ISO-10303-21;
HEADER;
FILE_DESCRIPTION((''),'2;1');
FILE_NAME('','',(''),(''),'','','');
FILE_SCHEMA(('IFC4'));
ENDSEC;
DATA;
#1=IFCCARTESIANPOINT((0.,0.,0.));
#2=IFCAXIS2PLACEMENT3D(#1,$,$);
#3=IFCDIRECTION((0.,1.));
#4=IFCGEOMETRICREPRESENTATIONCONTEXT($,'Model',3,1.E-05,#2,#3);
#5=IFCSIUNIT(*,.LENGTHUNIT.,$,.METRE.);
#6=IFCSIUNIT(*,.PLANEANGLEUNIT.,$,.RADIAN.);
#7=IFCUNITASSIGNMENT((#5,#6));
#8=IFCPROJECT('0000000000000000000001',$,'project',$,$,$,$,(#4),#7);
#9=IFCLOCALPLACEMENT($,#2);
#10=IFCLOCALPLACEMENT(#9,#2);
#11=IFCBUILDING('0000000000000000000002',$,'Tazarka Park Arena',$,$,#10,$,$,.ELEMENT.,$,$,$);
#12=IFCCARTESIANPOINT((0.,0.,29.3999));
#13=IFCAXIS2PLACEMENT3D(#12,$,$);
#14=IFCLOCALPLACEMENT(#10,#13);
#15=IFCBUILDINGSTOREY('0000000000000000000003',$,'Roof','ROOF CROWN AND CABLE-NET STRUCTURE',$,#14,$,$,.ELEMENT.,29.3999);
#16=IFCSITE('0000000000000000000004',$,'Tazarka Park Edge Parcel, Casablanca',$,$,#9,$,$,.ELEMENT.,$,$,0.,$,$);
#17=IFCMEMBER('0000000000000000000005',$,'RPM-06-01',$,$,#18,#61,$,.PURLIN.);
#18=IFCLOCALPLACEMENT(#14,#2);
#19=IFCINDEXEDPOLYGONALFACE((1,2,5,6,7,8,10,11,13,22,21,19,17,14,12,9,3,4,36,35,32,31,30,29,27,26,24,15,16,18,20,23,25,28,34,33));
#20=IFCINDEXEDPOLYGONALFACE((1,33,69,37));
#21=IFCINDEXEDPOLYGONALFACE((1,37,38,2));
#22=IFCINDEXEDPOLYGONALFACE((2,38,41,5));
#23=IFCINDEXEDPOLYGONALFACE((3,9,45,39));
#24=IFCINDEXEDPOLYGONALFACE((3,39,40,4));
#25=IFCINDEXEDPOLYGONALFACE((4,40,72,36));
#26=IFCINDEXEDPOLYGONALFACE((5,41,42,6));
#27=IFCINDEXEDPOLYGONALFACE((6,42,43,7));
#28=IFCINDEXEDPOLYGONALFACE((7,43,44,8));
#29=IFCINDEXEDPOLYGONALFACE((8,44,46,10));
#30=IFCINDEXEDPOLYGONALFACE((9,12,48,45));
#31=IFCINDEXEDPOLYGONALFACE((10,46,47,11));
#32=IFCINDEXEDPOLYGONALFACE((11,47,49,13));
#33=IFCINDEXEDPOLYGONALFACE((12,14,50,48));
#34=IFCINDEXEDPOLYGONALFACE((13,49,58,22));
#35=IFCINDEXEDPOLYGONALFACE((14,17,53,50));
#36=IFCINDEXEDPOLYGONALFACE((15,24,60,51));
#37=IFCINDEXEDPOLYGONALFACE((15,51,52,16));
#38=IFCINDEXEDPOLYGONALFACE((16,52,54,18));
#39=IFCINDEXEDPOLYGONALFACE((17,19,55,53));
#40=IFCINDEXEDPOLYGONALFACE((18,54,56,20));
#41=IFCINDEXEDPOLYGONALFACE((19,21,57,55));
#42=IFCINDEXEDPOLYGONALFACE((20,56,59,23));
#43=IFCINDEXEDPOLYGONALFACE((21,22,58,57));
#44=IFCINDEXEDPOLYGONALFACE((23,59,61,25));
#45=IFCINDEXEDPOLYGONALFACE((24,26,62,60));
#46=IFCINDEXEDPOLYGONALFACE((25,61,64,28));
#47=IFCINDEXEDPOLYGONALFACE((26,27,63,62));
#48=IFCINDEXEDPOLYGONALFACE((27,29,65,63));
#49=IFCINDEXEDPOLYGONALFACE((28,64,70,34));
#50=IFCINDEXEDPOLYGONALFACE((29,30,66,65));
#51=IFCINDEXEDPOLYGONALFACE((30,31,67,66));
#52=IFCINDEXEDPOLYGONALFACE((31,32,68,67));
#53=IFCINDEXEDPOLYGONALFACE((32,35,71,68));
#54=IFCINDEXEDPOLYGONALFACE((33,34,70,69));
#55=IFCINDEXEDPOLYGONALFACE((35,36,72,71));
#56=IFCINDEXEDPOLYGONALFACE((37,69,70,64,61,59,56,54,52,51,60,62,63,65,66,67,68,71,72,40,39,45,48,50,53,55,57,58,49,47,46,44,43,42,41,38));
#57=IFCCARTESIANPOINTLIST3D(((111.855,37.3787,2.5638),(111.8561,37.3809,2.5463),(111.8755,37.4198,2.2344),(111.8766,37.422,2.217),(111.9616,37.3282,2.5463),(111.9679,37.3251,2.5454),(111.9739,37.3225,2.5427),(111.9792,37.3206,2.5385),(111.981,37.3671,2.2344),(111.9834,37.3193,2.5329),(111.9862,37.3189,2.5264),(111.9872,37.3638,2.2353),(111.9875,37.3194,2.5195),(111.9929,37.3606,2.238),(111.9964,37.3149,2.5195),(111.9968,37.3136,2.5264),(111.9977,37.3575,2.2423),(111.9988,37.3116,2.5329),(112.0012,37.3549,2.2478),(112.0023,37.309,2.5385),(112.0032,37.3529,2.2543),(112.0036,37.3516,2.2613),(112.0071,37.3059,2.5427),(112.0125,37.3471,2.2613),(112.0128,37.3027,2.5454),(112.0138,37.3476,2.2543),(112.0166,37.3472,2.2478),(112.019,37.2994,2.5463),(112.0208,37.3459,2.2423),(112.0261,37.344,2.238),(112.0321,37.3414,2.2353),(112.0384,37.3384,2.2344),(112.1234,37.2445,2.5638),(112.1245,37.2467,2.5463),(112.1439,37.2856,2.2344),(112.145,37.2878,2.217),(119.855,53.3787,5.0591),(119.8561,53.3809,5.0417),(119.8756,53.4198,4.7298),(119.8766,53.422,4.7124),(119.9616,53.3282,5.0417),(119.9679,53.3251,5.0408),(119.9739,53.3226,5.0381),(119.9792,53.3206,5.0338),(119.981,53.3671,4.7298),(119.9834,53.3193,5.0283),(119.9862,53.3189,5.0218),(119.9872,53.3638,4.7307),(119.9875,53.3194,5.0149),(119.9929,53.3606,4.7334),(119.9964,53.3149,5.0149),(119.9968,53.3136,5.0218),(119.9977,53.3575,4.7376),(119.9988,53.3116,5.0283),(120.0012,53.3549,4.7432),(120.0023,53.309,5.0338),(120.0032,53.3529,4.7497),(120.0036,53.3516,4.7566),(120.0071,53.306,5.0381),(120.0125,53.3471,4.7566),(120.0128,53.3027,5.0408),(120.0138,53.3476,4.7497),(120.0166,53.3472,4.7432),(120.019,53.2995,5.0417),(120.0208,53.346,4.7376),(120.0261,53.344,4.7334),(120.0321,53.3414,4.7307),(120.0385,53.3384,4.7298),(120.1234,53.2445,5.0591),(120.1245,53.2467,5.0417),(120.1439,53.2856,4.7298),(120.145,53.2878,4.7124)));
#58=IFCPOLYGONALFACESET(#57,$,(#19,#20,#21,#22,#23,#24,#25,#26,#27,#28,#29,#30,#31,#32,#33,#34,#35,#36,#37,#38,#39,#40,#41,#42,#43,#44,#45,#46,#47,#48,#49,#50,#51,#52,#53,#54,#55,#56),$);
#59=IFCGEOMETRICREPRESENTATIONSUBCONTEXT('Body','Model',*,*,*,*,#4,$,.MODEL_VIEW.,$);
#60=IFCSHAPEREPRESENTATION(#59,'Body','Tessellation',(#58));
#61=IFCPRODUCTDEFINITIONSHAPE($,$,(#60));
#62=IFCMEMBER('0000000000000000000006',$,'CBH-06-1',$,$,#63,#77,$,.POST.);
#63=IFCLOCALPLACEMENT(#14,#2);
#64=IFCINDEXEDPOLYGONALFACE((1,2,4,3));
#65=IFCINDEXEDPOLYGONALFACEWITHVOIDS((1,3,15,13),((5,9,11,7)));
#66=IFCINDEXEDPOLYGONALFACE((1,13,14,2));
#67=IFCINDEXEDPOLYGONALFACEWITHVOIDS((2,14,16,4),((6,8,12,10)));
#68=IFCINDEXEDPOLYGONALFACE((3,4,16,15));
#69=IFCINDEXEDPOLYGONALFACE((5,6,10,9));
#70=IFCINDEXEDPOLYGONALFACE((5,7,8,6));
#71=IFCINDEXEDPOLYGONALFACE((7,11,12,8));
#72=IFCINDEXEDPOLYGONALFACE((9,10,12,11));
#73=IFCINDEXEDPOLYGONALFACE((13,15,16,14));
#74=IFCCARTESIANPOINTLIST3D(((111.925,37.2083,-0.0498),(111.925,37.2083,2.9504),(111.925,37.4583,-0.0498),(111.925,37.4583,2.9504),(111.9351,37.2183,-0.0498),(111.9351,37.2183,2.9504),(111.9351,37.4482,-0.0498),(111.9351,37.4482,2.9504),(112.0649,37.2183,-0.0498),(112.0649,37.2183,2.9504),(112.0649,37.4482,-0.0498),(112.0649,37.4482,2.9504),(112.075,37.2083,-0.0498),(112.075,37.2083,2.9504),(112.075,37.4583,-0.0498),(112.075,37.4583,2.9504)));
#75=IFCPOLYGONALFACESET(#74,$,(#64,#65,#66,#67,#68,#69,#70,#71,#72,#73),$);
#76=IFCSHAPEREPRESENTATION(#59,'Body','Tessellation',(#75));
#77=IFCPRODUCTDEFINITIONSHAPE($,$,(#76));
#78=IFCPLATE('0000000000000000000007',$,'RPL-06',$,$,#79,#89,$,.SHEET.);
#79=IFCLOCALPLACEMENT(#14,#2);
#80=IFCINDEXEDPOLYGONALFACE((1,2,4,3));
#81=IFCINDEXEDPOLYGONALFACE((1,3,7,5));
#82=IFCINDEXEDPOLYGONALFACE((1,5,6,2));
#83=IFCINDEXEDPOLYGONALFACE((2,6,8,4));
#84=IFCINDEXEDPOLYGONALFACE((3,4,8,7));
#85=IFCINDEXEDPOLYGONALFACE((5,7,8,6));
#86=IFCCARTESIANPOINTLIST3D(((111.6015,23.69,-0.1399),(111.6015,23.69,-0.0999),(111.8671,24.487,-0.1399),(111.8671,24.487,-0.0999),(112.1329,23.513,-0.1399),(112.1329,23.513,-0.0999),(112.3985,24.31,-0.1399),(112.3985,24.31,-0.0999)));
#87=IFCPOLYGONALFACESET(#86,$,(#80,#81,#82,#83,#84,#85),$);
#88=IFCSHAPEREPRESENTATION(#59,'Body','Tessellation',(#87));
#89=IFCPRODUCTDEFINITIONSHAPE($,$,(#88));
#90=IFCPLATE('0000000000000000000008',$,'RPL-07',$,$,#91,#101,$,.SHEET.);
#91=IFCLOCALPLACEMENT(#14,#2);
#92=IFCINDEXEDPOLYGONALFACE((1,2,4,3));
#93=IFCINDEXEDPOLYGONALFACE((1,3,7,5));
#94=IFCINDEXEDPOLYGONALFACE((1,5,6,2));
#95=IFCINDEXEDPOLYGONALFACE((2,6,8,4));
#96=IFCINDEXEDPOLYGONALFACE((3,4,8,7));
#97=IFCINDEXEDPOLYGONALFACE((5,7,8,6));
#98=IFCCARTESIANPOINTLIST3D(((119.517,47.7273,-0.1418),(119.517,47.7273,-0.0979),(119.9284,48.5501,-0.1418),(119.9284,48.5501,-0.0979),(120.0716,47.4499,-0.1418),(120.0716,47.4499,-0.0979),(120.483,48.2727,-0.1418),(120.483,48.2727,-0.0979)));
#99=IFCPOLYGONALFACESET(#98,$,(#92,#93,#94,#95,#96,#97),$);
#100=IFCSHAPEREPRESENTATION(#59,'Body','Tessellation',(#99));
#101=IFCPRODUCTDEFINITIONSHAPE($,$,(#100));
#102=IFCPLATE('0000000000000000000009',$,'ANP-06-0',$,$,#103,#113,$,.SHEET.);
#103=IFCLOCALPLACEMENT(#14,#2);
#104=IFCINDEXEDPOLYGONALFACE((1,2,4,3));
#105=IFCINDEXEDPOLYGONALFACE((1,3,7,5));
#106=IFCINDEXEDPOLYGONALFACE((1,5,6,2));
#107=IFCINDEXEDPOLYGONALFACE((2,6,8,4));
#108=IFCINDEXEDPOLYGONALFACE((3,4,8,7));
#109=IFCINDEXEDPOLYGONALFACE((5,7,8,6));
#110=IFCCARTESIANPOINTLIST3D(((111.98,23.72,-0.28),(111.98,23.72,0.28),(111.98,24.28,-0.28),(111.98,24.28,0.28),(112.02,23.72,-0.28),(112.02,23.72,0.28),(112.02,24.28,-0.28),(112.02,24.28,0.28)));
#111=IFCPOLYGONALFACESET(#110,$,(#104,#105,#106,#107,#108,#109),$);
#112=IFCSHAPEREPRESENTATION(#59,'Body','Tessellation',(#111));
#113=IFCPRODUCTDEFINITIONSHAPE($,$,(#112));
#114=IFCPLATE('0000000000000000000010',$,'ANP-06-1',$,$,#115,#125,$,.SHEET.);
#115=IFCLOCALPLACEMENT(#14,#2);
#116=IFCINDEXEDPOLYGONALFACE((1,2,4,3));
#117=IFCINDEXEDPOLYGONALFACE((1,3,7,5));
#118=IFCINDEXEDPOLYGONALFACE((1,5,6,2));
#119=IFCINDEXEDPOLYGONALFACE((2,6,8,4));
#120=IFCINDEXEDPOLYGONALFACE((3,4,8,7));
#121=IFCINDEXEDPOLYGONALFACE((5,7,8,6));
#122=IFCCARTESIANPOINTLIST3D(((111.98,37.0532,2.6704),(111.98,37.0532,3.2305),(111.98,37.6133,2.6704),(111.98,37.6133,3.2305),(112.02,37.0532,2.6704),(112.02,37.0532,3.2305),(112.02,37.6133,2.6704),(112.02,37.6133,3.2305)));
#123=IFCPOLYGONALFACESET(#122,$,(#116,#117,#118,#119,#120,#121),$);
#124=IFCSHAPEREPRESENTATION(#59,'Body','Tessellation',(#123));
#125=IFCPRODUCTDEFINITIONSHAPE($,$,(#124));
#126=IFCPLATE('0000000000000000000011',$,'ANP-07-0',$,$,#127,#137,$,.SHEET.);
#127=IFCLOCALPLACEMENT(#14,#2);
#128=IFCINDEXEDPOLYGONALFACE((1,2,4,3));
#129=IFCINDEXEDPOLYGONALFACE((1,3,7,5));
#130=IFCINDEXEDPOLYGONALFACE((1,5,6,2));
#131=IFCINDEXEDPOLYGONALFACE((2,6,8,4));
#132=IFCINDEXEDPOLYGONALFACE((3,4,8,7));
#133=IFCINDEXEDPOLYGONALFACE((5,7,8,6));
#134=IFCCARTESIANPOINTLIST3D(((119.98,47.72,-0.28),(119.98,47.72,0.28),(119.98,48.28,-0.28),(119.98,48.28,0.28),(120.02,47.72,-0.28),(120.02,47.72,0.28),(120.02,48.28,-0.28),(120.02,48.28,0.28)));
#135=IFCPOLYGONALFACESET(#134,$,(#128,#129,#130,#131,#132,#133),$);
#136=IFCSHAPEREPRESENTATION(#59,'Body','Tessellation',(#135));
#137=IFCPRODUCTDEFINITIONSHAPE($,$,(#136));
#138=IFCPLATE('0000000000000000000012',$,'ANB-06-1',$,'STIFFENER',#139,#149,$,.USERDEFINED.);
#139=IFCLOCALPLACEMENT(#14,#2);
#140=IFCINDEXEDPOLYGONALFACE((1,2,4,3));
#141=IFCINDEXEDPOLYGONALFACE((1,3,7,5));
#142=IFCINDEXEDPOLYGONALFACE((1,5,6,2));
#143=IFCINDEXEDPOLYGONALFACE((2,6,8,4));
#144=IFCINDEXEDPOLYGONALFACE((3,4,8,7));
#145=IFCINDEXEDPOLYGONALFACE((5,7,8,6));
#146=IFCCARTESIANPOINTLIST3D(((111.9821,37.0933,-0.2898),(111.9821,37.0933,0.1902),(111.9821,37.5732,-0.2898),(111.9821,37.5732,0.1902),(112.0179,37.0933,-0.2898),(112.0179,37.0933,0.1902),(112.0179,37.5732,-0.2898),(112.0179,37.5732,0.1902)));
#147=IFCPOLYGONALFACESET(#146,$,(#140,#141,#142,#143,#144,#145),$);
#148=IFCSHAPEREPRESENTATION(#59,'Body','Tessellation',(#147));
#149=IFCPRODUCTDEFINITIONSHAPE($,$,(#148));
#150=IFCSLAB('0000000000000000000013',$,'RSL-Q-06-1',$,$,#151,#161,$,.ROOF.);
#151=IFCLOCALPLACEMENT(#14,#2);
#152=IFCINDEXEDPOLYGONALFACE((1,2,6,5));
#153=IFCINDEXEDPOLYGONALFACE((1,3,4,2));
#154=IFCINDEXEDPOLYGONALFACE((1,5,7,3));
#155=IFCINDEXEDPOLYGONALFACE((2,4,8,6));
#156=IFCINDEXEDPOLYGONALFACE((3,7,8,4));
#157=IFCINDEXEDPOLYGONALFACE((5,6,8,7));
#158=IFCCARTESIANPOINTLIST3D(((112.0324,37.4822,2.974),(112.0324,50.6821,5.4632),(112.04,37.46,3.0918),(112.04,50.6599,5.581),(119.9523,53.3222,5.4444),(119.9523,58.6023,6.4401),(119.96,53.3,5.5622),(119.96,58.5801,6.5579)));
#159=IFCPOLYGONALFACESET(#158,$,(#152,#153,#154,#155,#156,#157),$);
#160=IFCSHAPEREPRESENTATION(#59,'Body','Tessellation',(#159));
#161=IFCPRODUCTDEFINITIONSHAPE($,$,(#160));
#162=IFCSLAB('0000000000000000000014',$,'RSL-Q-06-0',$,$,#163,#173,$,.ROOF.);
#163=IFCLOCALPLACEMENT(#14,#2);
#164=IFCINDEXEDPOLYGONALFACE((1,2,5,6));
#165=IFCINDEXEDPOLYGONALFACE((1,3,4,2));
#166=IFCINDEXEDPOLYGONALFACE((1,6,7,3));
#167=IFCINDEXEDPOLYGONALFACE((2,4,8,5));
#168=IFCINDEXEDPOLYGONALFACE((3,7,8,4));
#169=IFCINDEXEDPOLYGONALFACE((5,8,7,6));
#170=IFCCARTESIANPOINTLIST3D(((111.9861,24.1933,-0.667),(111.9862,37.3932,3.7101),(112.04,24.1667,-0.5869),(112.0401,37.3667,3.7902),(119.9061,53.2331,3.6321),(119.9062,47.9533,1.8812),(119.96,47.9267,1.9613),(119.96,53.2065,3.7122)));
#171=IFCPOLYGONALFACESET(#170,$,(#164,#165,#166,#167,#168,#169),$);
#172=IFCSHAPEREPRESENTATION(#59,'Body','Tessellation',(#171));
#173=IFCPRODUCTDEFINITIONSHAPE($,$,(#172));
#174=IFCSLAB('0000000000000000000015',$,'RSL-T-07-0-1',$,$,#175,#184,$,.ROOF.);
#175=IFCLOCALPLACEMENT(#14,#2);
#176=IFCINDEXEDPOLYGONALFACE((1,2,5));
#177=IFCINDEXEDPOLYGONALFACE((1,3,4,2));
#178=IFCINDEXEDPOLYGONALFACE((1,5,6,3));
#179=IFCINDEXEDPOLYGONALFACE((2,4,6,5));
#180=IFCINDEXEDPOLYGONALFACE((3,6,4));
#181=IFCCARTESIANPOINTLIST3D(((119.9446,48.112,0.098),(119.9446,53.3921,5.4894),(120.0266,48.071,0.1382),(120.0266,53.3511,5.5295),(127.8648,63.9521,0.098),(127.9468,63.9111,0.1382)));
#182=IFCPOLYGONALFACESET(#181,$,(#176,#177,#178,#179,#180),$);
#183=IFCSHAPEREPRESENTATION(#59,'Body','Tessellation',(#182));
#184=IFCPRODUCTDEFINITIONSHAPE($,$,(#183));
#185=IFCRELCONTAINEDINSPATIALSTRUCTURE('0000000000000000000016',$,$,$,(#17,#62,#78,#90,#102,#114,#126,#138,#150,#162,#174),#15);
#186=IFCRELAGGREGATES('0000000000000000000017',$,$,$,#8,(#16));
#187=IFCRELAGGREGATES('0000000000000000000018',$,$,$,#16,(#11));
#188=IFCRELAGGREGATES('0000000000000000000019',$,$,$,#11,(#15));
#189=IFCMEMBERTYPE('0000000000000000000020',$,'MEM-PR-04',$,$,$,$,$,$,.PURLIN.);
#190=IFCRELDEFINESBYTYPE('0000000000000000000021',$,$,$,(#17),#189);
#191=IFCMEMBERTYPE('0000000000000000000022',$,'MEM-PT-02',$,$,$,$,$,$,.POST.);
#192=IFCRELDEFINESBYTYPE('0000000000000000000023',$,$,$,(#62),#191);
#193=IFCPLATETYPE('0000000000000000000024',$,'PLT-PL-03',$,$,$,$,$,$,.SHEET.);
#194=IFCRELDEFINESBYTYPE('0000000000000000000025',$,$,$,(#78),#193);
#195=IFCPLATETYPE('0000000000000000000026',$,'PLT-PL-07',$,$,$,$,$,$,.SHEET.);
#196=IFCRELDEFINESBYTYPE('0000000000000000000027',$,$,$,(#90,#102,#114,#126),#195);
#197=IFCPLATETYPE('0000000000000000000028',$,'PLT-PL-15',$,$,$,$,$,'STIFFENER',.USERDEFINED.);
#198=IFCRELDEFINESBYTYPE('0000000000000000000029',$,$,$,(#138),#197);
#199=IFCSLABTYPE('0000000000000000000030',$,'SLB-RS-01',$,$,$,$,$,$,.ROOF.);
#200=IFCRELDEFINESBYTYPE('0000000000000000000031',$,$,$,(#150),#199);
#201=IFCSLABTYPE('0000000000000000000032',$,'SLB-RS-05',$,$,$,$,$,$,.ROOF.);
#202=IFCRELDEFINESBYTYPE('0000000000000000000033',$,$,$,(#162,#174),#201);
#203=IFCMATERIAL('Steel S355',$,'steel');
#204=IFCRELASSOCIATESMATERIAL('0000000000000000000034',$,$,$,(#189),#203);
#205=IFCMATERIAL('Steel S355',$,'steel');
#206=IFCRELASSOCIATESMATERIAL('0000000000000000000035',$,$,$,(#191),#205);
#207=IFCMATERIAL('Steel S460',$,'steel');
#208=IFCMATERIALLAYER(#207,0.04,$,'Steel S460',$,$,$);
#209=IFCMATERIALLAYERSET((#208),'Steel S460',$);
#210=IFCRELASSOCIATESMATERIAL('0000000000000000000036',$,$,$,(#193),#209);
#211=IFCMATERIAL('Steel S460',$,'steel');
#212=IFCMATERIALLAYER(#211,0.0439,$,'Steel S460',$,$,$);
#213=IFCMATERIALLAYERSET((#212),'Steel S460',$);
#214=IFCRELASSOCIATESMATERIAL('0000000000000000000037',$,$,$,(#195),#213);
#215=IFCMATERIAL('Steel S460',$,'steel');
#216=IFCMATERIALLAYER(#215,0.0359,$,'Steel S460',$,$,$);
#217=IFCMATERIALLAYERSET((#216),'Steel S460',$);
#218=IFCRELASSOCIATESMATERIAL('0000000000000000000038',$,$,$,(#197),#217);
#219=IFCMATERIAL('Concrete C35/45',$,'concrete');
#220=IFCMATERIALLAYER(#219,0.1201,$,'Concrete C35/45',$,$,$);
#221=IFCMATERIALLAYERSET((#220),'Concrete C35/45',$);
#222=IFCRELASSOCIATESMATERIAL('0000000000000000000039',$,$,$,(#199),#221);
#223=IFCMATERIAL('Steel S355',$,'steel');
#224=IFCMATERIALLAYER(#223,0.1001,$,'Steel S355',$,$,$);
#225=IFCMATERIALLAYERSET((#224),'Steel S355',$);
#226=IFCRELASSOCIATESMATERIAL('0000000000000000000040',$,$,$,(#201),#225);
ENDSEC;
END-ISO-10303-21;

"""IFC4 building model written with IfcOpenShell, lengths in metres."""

from ifc_helpers import new_model, si_unit, direction, frame, origin, origin_2d, place, context, subcontext, project, spatial, polyline, rectangle, hollow_rectangle, i_section, outline, extrude, material, layer, layer_set, material_profile, profile_set, type_object, element, save


model = new_model("IFC4")

# Units and contexts
model_context = context("Model", 3, precision=1e-05, world=origin(), true_north=direction((0.0, 1.0)))
body_context = subcontext(model_context, "Body", "Model", "MODEL_VIEW")
ifc_project = project(units=[si_unit("LENGTHUNIT", "METRE"), si_unit("PLANEANGLEUNIT", "RADIAN")], contexts=[model_context])

# Site, building, storey
site_placement = place(None, origin())
site = spatial("IfcSite", under=ifc_project, at=site_placement, Name="Tazarka Park Edge Parcel, Casablanca", CompositionType="ELEMENT", RefElevation=0.0)
building_placement = place(site_placement, origin())
building = spatial("IfcBuilding", under=site, at=building_placement, Name="Tazarka Park Arena", CompositionType="ELEMENT")
storey_placement = place(building_placement, frame((0.0, 0.0, 29.3999)))
storey = spatial("IfcBuildingStorey", under=building, at=storey_placement, Name="Roof", Description="ROOF CROWN AND CABLE-NET STRUCTURE", CompositionType="ELEMENT", Elevation=29.3999)

# Members
ifc_material_1 = material(Name="Steel S355", Category="steel")
ifc_material_profile_1 = material_profile(ifc_material_1, i_section(OverallWidth=0.3, OverallDepth=0.3501, WebThickness=0.01, FlangeThickness=0.0176, FilletRadius=0.0271, at=origin_2d()), Name="Steel S355")
ifc_profile_set_1 = profile_set([ifc_material_profile_1], Name="Steel S355")
member_type_1 = type_object("IfcMemberType", Name="MEM-PR-04", PredefinedType="PURLIN", material=ifc_profile_set_1)
member_1_placement = place(storey_placement, frame((112.0, 37.3333, 2.3904), z_axis=(0.442925, 0.88585, 0.138157), x_axis=(-0.894427, 0.447214, 0.0)))
element("IfcMember", 1, at=member_1_placement, inside=storey, type_object=member_type_1, Name="RPM-06-01", PredefinedType="PURLIN", context=body_context, shape_type="SweptSolid", body=[
    extrude(i_section(OverallWidth=0.3, OverallDepth=0.3501, WebThickness=0.01, FlangeThickness=0.0176, FilletRadius=0.0271, at=origin_2d()), origin(), (0.0, 0.0, 1.0), 18.0618),
])
ifc_material_2 = material(Name="Steel S355", Category="steel")
ifc_material_profile_2 = material_profile(ifc_material_2, hollow_rectangle(XDim=0.1499, YDim=0.25, WallThickness=0.01, at=origin_2d()), Name="Steel S355")
ifc_profile_set_2 = profile_set([ifc_material_profile_2], Name="Steel S355")
member_type_2 = type_object("IfcMemberType", Name="MEM-PT-02", PredefinedType="POST", material=ifc_profile_set_2)
member_2_placement = place(storey_placement, frame((112.0, 37.3333, -0.0498), z_axis=(0.0, 0.0, 1.0), x_axis=(1.0, 0.0, 0.0)))
element("IfcMember", 2, at=member_2_placement, inside=storey, type_object=member_type_2, Name="CBH-06-1", PredefinedType="POST", context=body_context, shape_type="SweptSolid", body=[
    extrude(hollow_rectangle(XDim=0.1499, YDim=0.25, WallThickness=0.01, at=origin_2d()), origin(), (0.0, 0.0, 1.0), 3.0002),
])

# Plates
ifc_material_3 = material(Name="Steel S460", Category="steel")
ifc_layer_1 = layer(ifc_material_3, 0.04, Name="Steel S460")
ifc_layer_set_1 = layer_set([ifc_layer_1], Name="Steel S460")
plate_type_1 = type_object("IfcPlateType", Name="PLT-PL-03", PredefinedType="SHEET", material=ifc_layer_set_1)
plate_1_placement = place(storey_placement, frame((112.0, 24.0, -0.1399), z_axis=(0.0, 0.0, 1.0), x_axis=(0.316146, 0.948711, 0.0)))
element("IfcPlate", 3, at=plate_1_placement, inside=storey, type_object=plate_type_1, Name="RPL-06", PredefinedType="SHEET", context=body_context, shape_type="SweptSolid", body=[
    extrude(rectangle(XDim=0.8401, YDim=0.5601, at=origin_2d()), origin(), (0.0, 0.0, 1.0), 0.04),
])
ifc_material_4 = material(Name="Steel S460", Category="steel")
ifc_layer_2 = layer(ifc_material_4, 0.0439, Name="Steel S460")
ifc_layer_set_2 = layer_set([ifc_layer_2], Name="Steel S460")
plate_type_2 = type_object("IfcPlateType", Name="PLT-PL-07", PredefinedType="SHEET", material=ifc_layer_set_2)
plate_2_placement = place(storey_placement, frame((120.0, 48.0, -0.1418), z_axis=(0.0, 0.0, 1.0), x_axis=(0.447291, 0.894389, 0.0)))
element("IfcPlate", 4, at=plate_2_placement, inside=storey, type_object=plate_type_2, Name="RPL-07", PredefinedType="SHEET", context=body_context, shape_type="SweptSolid", body=[
    extrude(rectangle(XDim=0.9199, YDim=0.6201, at=origin_2d()), origin(), (0.0, 0.0, 1.0), 0.0439),
])
for number, where, z_axis, x_axis, name in (
    (5, (112.0, 24.0, -0.28), (0.0, 0.0, 1.0), (1.0, 0.0, 0.0), "ANP-06-0"),
    (6, (112.0, 37.3333, 2.6704), (0.0, 0.0, 1.0), (1.0, 0.0, 0.0), "ANP-06-1"),
    (7, (120.0, 48.0, -0.28), (0.0, 0.0, 1.0), (1.0, 0.0, 0.0), "ANP-07-0"),
):
    element("IfcPlate", number, at=place(storey_placement, frame(where, z_axis=z_axis, x_axis=x_axis)), inside=storey, type_object=plate_type_2, Name=name, PredefinedType="SHEET", context=body_context, shape_type="SweptSolid", body=[
        extrude(rectangle(XDim=0.04, YDim=0.5601, at=origin_2d()), origin(), (0.0, 0.0, 1.0), 0.5601),
    ])
ifc_material_5 = material(Name="Steel S460", Category="steel")
ifc_layer_3 = layer(ifc_material_5, 0.0359, Name="Steel S460")
ifc_layer_set_3 = layer_set([ifc_layer_3], Name="Steel S460")
plate_type_3 = type_object("IfcPlateType", Name="PLT-PL-15", ElementType="STIFFENER", PredefinedType="USERDEFINED", material=ifc_layer_set_3)
plate_3_placement = place(storey_placement, frame((112.0, 37.3333, -0.2898), z_axis=(0.0, 0.0, 1.0), x_axis=(1.0, 0.0, 0.0)))
element("IfcPlate", 8, at=plate_3_placement, inside=storey, type_object=plate_type_3, Name="ANB-06-1", ObjectType="STIFFENER", PredefinedType="USERDEFINED", context=body_context, shape_type="SweptSolid", body=[
    extrude(rectangle(XDim=0.0359, YDim=0.48, at=origin_2d()), origin(), (0.0, 0.0, 1.0), 0.48),
])

# Slabs
ifc_material_6 = material(Name="Concrete C35/45", Category="concrete")
ifc_layer_4 = layer(ifc_material_6, 0.1201, Name="Concrete C35/45")
ifc_layer_set_4 = layer_set([ifc_layer_4], Name="Concrete C35/45")
slab_type_1 = type_object("IfcSlabType", Name="SLB-RS-01", PredefinedType="ROOF", material=ifc_layer_set_4)
slab_1_placement = place(storey_placement, frame((112.04, 37.46, 3.0918), z_axis=(0.063975, -0.184929, 0.980667), x_axis=(0.442921, 0.885852, 0.138155)))
element("IfcSlab", 9, at=slab_1_placement, inside=storey, type_object=slab_type_1, Name="RSL-Q-06-1", PredefinedType="ROOF", context=body_context, shape_type="SweptSolid", body=[
    extrude(outline(polyline([(0.0, 0.0), (17.8811, 0.0), (22.6961, 2.3848), (12.0371, 5.9618), (0.0, 0.0)])), origin(), (0.0, 0.0, -1.0), 0.1201),
])
ifc_material_7 = material(Name="Steel S355", Category="steel")
ifc_layer_5 = layer(ifc_material_7, 0.1001, Name="Steel S355")
ifc_layer_set_5 = layer_set([ifc_layer_5], Name="Steel S355")
slab_type_2 = type_object("IfcSlabType", Name="SLB-RS-05", PredefinedType="ROOF", material=ifc_layer_set_5)
slab_2_placement = place(storey_placement, frame((112.04, 24.1667, -0.5869), z_axis=(0.538368, -0.265242, 0.799879), x_axis=(0.314604, 0.943811, 0.101222)))
element("IfcSlab", 10, at=slab_2_placement, inside=storey, type_object=slab_type_2, Name="RSL-Q-06-0", PredefinedType="ROOF", context=body_context, shape_type="SweptSolid", body=[
    extrude(outline(polyline([(0.0, 0.0), (25.1745, 0.0), (30.3349, 2.0767), (12.9013, 5.1916), (0.0, 0.0)])), origin(), (0.0, 0.0, -1.0), 0.1001),
])
slab_3_placement = place(storey_placement, frame((120.0266, 48.071, 0.1382), z_axis=(0.819288, -0.40965, 0.401191), x_axis=(0.447219, 0.894424, 0.0)))
element("IfcSlab", 11, at=slab_3_placement, inside=storey, type_object=slab_type_2, Name="RSL-T-07-0-1", PredefinedType="ROOF", context=body_context, shape_type="SweptSolid", body=[
    extrude(outline(polyline([(0.0, 0.0), (17.7098, 0.0), (4.7226, 5.8858), (0.0, 0.0)])), origin(), (0.0, 0.0, -1.0), 0.1001),
])

save(model, "model.ifc")
